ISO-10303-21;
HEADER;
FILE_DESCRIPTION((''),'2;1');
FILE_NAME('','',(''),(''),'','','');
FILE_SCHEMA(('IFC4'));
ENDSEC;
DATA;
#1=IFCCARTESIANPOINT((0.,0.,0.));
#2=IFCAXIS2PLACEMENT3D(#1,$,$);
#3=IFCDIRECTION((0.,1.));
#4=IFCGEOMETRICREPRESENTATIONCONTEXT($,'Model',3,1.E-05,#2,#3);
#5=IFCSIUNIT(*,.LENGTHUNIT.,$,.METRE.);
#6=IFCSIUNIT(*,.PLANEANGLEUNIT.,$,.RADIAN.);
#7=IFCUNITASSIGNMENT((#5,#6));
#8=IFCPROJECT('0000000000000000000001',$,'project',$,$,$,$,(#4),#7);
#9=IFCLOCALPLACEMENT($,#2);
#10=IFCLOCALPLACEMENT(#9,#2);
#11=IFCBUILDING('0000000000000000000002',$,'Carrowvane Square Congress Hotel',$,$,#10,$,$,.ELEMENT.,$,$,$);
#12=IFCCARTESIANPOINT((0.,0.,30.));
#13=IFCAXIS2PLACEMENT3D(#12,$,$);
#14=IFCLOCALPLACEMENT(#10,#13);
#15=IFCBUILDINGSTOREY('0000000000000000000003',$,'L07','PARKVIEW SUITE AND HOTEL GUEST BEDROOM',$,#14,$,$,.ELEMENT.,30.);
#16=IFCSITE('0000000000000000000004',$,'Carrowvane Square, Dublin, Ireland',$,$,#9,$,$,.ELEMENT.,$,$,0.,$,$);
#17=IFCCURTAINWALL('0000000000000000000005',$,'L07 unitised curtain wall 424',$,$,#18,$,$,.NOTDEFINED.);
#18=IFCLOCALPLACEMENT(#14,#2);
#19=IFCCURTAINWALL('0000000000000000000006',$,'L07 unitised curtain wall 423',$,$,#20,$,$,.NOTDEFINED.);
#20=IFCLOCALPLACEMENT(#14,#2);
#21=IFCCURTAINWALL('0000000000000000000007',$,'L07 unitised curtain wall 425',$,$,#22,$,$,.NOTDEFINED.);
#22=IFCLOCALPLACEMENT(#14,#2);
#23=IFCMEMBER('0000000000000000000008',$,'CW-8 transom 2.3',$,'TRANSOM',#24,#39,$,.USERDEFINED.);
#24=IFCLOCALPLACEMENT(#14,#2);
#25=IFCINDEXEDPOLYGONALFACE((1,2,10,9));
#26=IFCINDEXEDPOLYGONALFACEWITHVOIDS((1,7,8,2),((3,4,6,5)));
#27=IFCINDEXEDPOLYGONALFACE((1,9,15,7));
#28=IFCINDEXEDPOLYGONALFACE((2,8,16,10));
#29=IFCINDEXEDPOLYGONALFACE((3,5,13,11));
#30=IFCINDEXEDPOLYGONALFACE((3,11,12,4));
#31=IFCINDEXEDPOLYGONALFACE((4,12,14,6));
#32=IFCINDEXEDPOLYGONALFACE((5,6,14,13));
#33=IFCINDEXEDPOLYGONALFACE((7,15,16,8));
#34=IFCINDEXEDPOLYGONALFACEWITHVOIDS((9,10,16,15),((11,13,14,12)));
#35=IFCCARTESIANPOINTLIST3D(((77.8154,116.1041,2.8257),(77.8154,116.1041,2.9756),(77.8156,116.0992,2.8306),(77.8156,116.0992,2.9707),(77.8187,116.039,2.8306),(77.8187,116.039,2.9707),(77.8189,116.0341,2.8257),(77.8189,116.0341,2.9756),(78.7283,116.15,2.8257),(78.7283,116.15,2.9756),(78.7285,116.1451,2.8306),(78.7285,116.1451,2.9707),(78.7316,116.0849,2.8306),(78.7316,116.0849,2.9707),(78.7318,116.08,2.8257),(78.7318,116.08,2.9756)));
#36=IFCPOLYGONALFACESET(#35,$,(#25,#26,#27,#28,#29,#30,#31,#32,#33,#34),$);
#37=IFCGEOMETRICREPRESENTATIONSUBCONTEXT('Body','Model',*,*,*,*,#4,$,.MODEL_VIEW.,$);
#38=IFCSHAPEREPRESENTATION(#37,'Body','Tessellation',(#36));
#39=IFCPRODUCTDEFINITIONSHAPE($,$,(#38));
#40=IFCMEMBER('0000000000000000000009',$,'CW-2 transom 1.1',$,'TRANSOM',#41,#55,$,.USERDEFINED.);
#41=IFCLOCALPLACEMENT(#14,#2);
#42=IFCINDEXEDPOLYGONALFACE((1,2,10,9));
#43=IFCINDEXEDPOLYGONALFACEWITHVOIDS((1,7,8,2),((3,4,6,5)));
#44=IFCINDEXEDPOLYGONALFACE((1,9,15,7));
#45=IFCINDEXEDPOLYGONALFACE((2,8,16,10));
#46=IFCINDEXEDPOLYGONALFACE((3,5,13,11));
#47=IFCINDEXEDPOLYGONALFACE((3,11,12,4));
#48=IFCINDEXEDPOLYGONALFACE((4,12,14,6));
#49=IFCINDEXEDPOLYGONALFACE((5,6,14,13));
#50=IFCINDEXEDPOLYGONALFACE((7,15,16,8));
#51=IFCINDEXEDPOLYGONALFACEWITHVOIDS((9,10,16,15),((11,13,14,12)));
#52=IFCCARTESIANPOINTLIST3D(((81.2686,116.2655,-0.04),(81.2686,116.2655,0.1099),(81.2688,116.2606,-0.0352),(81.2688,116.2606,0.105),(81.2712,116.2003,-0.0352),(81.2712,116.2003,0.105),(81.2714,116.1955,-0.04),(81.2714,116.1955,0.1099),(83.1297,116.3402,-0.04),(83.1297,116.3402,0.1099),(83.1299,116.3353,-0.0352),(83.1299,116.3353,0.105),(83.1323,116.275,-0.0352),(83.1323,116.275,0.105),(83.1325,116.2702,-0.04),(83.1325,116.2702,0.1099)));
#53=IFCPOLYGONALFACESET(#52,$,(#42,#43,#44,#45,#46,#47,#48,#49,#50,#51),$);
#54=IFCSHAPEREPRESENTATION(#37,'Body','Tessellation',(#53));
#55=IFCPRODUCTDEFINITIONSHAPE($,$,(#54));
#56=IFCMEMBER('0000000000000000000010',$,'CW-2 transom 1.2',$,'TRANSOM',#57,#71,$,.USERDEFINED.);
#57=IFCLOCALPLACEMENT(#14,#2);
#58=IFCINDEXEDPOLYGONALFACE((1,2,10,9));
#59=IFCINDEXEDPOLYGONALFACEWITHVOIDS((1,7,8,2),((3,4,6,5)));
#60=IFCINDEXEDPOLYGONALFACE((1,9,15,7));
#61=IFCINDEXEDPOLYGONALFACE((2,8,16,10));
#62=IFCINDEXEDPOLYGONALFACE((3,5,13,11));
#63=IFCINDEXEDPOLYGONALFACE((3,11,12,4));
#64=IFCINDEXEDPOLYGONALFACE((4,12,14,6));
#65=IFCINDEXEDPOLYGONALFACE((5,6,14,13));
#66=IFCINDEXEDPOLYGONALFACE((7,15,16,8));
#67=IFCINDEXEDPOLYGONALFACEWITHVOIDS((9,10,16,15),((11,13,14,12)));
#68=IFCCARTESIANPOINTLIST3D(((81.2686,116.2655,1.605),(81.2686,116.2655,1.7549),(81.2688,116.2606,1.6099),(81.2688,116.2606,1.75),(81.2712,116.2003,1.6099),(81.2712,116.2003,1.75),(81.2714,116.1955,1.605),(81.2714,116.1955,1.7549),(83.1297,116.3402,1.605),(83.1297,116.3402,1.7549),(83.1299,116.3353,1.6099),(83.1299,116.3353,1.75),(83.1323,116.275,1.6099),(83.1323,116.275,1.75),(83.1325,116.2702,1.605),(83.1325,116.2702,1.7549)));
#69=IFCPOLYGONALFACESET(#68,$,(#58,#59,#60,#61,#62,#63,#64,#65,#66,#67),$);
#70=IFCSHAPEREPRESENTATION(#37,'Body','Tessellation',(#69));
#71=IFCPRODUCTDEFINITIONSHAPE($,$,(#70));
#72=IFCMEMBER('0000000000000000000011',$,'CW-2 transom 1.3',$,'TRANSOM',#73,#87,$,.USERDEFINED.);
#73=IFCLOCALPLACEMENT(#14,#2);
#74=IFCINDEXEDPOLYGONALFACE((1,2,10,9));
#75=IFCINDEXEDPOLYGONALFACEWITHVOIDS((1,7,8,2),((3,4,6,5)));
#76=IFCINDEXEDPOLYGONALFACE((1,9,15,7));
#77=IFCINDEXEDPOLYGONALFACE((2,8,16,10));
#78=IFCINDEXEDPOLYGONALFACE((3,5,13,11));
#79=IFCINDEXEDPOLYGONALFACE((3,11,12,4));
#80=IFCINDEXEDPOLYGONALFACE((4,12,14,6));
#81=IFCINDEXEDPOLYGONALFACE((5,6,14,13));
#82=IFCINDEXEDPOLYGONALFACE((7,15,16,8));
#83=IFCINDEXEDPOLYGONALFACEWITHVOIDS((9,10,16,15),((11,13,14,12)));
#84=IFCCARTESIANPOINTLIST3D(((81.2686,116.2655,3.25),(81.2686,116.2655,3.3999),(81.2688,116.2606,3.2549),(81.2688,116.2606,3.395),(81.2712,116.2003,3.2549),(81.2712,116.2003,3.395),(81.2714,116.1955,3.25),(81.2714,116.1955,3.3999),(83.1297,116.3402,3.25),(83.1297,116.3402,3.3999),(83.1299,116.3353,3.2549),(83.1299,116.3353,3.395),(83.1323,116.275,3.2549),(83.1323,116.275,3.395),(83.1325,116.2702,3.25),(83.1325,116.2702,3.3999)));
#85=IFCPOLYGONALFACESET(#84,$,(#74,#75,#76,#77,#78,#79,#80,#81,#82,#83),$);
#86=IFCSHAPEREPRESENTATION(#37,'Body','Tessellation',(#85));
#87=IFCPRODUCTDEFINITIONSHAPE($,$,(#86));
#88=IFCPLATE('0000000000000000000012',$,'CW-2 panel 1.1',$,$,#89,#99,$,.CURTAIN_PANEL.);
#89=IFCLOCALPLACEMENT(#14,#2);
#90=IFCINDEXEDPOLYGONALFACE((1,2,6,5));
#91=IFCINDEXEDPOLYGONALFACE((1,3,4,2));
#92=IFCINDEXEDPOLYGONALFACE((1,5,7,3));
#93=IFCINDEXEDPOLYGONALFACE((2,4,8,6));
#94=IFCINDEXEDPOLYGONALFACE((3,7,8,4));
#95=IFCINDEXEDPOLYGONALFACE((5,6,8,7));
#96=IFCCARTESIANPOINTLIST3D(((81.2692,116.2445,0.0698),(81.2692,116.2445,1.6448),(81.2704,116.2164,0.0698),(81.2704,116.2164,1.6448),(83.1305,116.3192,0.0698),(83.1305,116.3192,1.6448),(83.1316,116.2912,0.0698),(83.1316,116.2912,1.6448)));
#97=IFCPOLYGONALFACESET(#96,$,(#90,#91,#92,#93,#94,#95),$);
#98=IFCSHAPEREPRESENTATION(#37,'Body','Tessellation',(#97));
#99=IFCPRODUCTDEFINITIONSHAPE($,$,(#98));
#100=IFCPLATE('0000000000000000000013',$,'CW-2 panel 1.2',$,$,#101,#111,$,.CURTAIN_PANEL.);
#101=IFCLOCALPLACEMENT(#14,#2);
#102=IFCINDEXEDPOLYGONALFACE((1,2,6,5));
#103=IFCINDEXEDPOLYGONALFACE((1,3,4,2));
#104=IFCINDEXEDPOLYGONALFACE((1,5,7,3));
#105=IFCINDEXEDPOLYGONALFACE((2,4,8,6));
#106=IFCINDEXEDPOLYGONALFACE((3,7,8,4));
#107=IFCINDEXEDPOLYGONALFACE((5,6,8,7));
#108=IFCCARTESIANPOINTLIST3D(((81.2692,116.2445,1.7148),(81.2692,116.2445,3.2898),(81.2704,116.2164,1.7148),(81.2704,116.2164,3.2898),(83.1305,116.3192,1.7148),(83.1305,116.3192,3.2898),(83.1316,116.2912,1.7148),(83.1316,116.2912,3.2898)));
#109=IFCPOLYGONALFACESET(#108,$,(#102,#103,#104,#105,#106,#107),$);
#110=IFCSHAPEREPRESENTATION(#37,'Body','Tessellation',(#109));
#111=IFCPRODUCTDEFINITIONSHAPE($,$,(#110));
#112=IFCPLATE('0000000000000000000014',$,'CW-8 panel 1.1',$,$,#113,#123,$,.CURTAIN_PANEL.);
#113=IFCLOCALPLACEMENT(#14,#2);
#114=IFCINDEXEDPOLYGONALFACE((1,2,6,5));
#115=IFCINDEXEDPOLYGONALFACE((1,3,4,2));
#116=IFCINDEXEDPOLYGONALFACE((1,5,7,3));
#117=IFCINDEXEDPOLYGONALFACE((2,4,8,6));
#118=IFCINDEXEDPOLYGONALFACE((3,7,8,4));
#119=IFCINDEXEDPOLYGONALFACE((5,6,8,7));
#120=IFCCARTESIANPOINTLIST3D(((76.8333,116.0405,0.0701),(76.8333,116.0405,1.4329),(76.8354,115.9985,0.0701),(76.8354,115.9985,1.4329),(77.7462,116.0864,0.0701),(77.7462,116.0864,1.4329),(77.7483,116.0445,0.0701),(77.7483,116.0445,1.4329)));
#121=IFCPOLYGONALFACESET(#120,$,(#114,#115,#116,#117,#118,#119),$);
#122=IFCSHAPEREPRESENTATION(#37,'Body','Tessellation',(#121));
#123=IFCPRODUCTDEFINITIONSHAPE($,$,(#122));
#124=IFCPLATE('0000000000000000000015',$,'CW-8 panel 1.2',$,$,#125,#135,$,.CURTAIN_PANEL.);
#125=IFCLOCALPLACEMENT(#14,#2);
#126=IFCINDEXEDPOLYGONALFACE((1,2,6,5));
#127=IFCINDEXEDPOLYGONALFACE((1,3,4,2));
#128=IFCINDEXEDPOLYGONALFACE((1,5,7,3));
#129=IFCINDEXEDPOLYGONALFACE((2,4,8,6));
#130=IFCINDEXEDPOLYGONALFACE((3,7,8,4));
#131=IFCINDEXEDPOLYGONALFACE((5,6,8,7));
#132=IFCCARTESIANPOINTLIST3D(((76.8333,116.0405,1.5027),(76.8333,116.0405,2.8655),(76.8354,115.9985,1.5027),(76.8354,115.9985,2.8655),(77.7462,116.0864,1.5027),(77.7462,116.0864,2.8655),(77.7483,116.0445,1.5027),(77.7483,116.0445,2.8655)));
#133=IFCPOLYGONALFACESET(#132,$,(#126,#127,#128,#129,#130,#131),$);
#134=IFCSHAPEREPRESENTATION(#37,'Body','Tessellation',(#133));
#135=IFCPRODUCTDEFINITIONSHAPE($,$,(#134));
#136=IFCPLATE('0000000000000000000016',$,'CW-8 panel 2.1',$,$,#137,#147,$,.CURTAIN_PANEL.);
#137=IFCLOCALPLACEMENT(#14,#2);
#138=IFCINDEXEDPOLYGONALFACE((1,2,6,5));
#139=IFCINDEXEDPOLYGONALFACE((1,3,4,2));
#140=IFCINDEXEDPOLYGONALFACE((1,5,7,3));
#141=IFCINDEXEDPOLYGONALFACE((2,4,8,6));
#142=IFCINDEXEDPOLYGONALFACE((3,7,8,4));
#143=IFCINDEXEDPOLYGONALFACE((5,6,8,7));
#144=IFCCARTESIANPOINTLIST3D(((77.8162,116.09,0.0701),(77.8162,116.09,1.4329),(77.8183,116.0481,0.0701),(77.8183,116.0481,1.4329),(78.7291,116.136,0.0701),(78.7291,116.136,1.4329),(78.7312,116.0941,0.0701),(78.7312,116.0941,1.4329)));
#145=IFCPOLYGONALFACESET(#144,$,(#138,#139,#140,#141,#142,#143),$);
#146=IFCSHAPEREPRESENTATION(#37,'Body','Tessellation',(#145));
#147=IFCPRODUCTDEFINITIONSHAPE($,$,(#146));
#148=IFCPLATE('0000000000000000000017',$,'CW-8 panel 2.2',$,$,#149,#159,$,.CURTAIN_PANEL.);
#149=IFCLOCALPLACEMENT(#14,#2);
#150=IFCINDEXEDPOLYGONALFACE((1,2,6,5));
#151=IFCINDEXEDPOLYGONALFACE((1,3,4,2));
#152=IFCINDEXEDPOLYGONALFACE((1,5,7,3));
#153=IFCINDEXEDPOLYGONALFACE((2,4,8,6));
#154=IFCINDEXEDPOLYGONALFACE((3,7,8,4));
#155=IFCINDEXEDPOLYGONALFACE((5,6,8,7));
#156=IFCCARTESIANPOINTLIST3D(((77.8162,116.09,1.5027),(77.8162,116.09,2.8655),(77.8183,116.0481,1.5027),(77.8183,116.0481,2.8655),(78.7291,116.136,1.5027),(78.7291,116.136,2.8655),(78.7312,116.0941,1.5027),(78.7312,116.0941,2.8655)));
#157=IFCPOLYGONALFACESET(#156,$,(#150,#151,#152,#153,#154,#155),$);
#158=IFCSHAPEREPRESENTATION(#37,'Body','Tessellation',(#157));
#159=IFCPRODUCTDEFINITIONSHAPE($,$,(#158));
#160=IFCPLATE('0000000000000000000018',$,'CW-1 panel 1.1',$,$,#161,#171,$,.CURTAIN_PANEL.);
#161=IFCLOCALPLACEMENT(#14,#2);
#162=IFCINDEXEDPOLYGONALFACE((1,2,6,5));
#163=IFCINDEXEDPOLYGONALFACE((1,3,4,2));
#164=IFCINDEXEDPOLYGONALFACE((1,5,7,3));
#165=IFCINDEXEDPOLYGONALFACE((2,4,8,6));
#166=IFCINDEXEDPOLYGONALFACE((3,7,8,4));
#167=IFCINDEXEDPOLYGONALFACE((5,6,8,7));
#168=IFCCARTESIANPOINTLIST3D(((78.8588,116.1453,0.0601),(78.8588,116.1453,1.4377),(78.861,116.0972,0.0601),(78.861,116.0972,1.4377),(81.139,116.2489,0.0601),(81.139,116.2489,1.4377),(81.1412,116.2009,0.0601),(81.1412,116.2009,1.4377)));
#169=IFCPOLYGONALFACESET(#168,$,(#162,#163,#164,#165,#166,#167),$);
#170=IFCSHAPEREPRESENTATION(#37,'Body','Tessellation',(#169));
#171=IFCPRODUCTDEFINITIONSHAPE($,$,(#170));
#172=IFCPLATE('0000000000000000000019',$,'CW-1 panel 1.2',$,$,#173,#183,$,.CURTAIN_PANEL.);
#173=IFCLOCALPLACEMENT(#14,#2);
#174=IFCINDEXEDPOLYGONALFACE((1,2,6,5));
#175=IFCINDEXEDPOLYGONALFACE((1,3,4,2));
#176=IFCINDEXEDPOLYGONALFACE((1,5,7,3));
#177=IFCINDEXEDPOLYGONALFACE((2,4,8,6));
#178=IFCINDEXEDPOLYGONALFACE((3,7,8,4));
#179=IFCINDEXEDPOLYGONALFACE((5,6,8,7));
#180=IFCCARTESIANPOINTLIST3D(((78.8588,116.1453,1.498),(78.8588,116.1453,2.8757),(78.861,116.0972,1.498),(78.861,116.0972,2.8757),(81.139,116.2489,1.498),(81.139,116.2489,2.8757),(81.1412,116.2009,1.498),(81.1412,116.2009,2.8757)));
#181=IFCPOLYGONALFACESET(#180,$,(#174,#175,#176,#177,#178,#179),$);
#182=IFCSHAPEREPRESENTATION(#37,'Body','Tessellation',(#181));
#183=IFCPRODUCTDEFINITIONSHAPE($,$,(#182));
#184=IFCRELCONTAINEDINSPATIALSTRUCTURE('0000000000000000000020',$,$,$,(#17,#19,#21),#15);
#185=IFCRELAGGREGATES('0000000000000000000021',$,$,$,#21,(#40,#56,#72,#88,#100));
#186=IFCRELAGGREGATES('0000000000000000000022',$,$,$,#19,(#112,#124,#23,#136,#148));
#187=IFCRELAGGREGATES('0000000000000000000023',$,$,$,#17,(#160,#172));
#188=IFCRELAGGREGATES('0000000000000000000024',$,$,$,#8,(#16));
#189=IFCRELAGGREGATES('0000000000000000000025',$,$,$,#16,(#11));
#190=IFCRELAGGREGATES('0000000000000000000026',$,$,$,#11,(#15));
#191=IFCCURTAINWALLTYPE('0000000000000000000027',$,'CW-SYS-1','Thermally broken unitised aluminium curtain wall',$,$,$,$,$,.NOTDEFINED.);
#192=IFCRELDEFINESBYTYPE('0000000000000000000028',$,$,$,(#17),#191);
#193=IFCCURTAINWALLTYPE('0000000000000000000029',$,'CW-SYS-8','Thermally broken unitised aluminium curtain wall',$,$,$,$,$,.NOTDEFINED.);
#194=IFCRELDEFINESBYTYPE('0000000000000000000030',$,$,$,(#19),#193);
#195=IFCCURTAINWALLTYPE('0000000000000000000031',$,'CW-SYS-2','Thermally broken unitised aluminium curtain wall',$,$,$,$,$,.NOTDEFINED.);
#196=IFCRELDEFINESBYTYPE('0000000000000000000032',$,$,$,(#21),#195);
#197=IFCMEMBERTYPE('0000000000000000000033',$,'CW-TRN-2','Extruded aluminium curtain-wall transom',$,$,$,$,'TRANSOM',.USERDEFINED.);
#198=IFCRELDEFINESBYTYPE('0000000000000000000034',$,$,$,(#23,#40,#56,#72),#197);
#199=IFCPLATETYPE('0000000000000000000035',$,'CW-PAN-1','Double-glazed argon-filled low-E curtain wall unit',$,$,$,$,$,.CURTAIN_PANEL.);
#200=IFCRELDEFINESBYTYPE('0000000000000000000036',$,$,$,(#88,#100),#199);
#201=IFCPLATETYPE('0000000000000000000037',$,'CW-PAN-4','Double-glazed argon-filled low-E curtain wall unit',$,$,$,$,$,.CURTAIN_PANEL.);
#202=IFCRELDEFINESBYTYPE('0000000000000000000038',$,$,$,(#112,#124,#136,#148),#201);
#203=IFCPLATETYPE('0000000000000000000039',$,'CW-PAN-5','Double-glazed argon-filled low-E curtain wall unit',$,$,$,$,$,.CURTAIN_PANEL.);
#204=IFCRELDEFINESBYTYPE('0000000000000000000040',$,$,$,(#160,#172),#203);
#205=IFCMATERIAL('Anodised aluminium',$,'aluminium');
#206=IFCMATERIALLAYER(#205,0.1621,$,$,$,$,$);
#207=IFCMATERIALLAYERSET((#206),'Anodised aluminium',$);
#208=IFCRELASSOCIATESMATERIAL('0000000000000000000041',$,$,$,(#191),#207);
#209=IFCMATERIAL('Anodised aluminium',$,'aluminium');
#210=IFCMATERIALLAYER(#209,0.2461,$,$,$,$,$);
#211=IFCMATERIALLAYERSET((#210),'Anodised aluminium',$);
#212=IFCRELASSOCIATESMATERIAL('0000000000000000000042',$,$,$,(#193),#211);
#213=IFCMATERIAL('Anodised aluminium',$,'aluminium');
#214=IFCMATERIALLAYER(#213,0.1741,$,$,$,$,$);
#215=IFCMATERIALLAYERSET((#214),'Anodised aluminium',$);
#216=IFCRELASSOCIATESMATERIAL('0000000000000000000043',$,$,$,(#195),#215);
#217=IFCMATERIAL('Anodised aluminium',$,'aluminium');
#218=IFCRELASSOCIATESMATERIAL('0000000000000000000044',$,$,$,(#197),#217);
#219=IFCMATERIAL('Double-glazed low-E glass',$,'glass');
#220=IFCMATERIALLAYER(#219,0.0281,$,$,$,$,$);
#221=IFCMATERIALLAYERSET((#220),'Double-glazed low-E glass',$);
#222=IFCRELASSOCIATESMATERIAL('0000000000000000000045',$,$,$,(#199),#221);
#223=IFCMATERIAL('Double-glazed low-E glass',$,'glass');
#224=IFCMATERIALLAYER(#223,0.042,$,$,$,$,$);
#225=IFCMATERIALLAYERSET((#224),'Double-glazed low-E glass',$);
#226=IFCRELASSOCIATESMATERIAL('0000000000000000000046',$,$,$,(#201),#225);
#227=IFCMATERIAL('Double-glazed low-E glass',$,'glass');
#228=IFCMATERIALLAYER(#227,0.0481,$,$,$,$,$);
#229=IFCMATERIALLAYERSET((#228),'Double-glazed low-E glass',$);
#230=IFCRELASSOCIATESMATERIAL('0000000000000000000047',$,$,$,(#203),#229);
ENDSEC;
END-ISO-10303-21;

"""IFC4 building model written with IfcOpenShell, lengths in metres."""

from ifc_helpers import new_model, si_unit, direction, frame, origin, origin_2d, place, context, subcontext, project, spatial, rectangle, hollow_rectangle, extrude, material, layer, layer_set, material_profile, profile_set, type_object, element, aggregate, save


model = new_model("IFC4")

# Units and contexts
model_context = context("Model", 3, precision=1e-05, world=origin(), true_north=direction((0.0, 1.0)))
body_context = subcontext(model_context, "Body", "Model", "MODEL_VIEW")
ifc_project = project(units=[si_unit("LENGTHUNIT", "METRE"), si_unit("PLANEANGLEUNIT", "RADIAN")], contexts=[model_context])

# Site, building, storey
site_placement = place(None, origin())
site = spatial("IfcSite", under=ifc_project, at=site_placement, Name="Carrowvane Square, Dublin, Ireland", CompositionType="ELEMENT", RefElevation=0.0)
building_placement = place(site_placement, origin())
building = spatial("IfcBuilding", under=site, at=building_placement, Name="Carrowvane Square Congress Hotel", CompositionType="ELEMENT")
storey_placement = place(building_placement, frame((0.0, 0.0, 30.0)))
storey = spatial("IfcBuildingStorey", under=building, at=storey_placement, Name="L07", Description="PARKVIEW SUITE AND HOTEL GUEST BEDROOM", CompositionType="ELEMENT", Elevation=30.0)

# Curtain walls
ifc_material_1 = material(Name="Anodised aluminium", Category="aluminium")
ifc_layer_1 = layer(ifc_material_1, 0.1621)
ifc_layer_set_1 = layer_set([ifc_layer_1], Name="Anodised aluminium")
curtain_wall_type_1 = type_object("IfcCurtainWallType", Name="CW-SYS-1", Description="Thermally broken unitised aluminium curtain wall", PredefinedType="NOTDEFINED", material=ifc_layer_set_1)
curtain_wall_1_placement = place(storey_placement, origin())
curtain_wall_1 = element("IfcCurtainWall", 1, at=curtain_wall_1_placement, inside=storey, type_object=curtain_wall_type_1, Name="L07 unitised curtain wall 424", PredefinedType="NOTDEFINED")
ifc_material_2 = material(Name="Anodised aluminium", Category="aluminium")
ifc_layer_2 = layer(ifc_material_2, 0.2461)
ifc_layer_set_2 = layer_set([ifc_layer_2], Name="Anodised aluminium")
curtain_wall_type_2 = type_object("IfcCurtainWallType", Name="CW-SYS-8", Description="Thermally broken unitised aluminium curtain wall", PredefinedType="NOTDEFINED", material=ifc_layer_set_2)
curtain_wall_2_placement = place(storey_placement, origin())
curtain_wall_2 = element("IfcCurtainWall", 2, at=curtain_wall_2_placement, inside=storey, type_object=curtain_wall_type_2, Name="L07 unitised curtain wall 423", PredefinedType="NOTDEFINED")
ifc_material_3 = material(Name="Anodised aluminium", Category="aluminium")
ifc_layer_3 = layer(ifc_material_3, 0.1741)
ifc_layer_set_3 = layer_set([ifc_layer_3], Name="Anodised aluminium")
curtain_wall_type_3 = type_object("IfcCurtainWallType", Name="CW-SYS-2", Description="Thermally broken unitised aluminium curtain wall", PredefinedType="NOTDEFINED", material=ifc_layer_set_3)
curtain_wall_3_placement = place(storey_placement, origin())
curtain_wall_3 = element("IfcCurtainWall", 3, at=curtain_wall_3_placement, inside=storey, type_object=curtain_wall_type_3, Name="L07 unitised curtain wall 425", PredefinedType="NOTDEFINED")

# Members
ifc_material_4 = material(Name="Anodised aluminium", Category="aluminium")
ifc_material_profile_1 = material_profile(ifc_material_4, hollow_rectangle(XDim=0.0701, YDim=0.1499, WallThickness=0.0049, at=origin_2d()), Name="CW-TR 70x150x5")
ifc_profile_set_1 = profile_set([ifc_material_profile_1], Name="Anodised aluminium")
member_type_1 = type_object("IfcMemberType", Name="CW-TRN-2", Description="Extruded aluminium curtain-wall transom", ElementType="TRANSOM", PredefinedType="USERDEFINED", material=ifc_profile_set_1)
member_1_placement = place(storey_placement, frame((77.8171, 116.0691, 2.9006), z_axis=(0.998738, 0.050217, 0.0), x_axis=(-0.050217, 0.998738, 0.0)))
member_1 = element("IfcMember", 4, at=member_1_placement, type_object=member_type_1, Name="CW-8 transom 2.3", ObjectType="TRANSOM", PredefinedType="USERDEFINED", context=body_context, shape_type="SweptSolid", body=[
    extrude(hollow_rectangle(XDim=0.0701, YDim=0.1499, WallThickness=0.0049, at=origin_2d()), origin(), (0.0, 0.0, 1.0), 0.9141),
])
member_2_placement = place(storey_placement, frame((81.27, 116.2305, 0.0349), z_axis=(0.999195, 0.040109, 0.0), x_axis=(-0.040109, 0.999195, 0.0)))
member_2 = element("IfcMember", 5, at=member_2_placement, type_object=member_type_1, Name="CW-2 transom 1.1", ObjectType="TRANSOM", PredefinedType="USERDEFINED", context=body_context, shape_type="SweptSolid", body=[
    extrude(hollow_rectangle(XDim=0.0701, YDim=0.1499, WallThickness=0.0049, at=origin_2d()), origin(), (0.0, 0.0, 1.0), 1.8625),
])
member_3_placement = place(storey_placement, frame((81.27, 116.2305, 1.6799), z_axis=(0.999195, 0.040109, 0.0), x_axis=(-0.040109, 0.999195, 0.0)))
member_3 = element("IfcMember", 6, at=member_3_placement, type_object=member_type_1, Name="CW-2 transom 1.2", ObjectType="TRANSOM", PredefinedType="USERDEFINED", context=body_context, shape_type="SweptSolid", body=[
    extrude(hollow_rectangle(XDim=0.0701, YDim=0.1499, WallThickness=0.0049, at=origin_2d()), origin(), (0.0, 0.0, 1.0), 1.8625),
])
member_4_placement = place(storey_placement, frame((81.27, 116.2305, 3.325), z_axis=(0.999195, 0.040109, 0.0), x_axis=(-0.040109, 0.999195, 0.0)))
member_4 = element("IfcMember", 7, at=member_4_placement, type_object=member_type_1, Name="CW-2 transom 1.3", ObjectType="TRANSOM", PredefinedType="USERDEFINED", context=body_context, shape_type="SweptSolid", body=[
    extrude(hollow_rectangle(XDim=0.0701, YDim=0.1499, WallThickness=0.0049, at=origin_2d()), origin(), (0.0, 0.0, 1.0), 1.8625),
])

# Plates
ifc_material_5 = material(Name="Double-glazed low-E glass", Category="glass")
ifc_layer_4 = layer(ifc_material_5, 0.0281)
ifc_layer_set_4 = layer_set([ifc_layer_4], Name="Double-glazed low-E glass")
plate_type_1 = type_object("IfcPlateType", Name="CW-PAN-1", Description="Double-glazed argon-filled low-E curtain wall unit", PredefinedType="CURTAIN_PANEL", material=ifc_layer_set_4)
plate_1_placement = place(storey_placement, frame((82.2004, 116.2678, 0.0698), z_axis=(0.0, 0.0, 1.0), x_axis=(0.999194, 0.040136, 0.0)))
plate_1 = element("IfcPlate", 8, at=plate_1_placement, type_object=plate_type_1, Name="CW-2 panel 1.1", PredefinedType="CURTAIN_PANEL", context=body_context, shape_type="SweptSolid", body=[
    extrude(rectangle(XDim=1.8628, YDim=0.0281, at=origin_2d()), origin(), (0.0, 0.0, 1.0), 1.575),
])
plate_2_placement = place(storey_placement, frame((82.2004, 116.2678, 1.7148), z_axis=(0.0, 0.0, 1.0), x_axis=(0.999194, 0.040136, 0.0)))
plate_2 = element("IfcPlate", 9, at=plate_2_placement, type_object=plate_type_1, Name="CW-2 panel 1.2", PredefinedType="CURTAIN_PANEL", context=body_context, shape_type="SweptSolid", body=[
    extrude(rectangle(XDim=1.8628, YDim=0.0281, at=origin_2d()), origin(), (0.0, 0.0, 1.0), 1.575),
])
aggregate(curtain_wall_3, [member_2, member_3, member_4, plate_1, plate_2])
ifc_material_6 = material(Name="Double-glazed low-E glass", Category="glass")
ifc_layer_5 = layer(ifc_material_6, 0.042)
ifc_layer_set_5 = layer_set([ifc_layer_5], Name="Double-glazed low-E glass")
plate_type_2 = type_object("IfcPlateType", Name="CW-PAN-4", Description="Double-glazed argon-filled low-E curtain wall unit", PredefinedType="CURTAIN_PANEL", material=ifc_layer_set_5)
plate_3_placement = place(storey_placement, frame((77.2908, 116.0425, 0.0701), z_axis=(0.0, 0.0, 1.0), x_axis=(0.998733, 0.050324, 0.0)))
plate_3 = element("IfcPlate", 10, at=plate_3_placement, type_object=plate_type_2, Name="CW-8 panel 1.1", PredefinedType="CURTAIN_PANEL", context=body_context, shape_type="SweptSolid", body=[
    extrude(rectangle(XDim=0.9141, YDim=0.042, at=origin_2d()), origin(), (0.0, 0.0, 1.0), 1.3628),
])
plate_4_placement = place(storey_placement, frame((77.2908, 116.0425, 1.5027), z_axis=(0.0, 0.0, 1.0), x_axis=(0.998733, 0.050324, 0.0)))
plate_4 = element("IfcPlate", 11, at=plate_4_placement, type_object=plate_type_2, Name="CW-8 panel 1.2", PredefinedType="CURTAIN_PANEL", context=body_context, shape_type="SweptSolid", body=[
    extrude(rectangle(XDim=0.9141, YDim=0.042, at=origin_2d()), origin(), (0.0, 0.0, 1.0), 1.3628),
])
plate_5_placement = place(storey_placement, frame((78.2737, 116.092, 0.0701), z_axis=(0.0, 0.0, 1.0), x_axis=(0.998733, 0.050324, 0.0)))
plate_5 = element("IfcPlate", 12, at=plate_5_placement, type_object=plate_type_2, Name="CW-8 panel 2.1", PredefinedType="CURTAIN_PANEL", context=body_context, shape_type="SweptSolid", body=[
    extrude(rectangle(XDim=0.9141, YDim=0.042, at=origin_2d()), origin(), (0.0, 0.0, 1.0), 1.3628),
])
plate_6_placement = place(storey_placement, frame((78.2737, 116.092, 1.5027), z_axis=(0.0, 0.0, 1.0), x_axis=(0.998733, 0.050324, 0.0)))
plate_6 = element("IfcPlate", 13, at=plate_6_placement, type_object=plate_type_2, Name="CW-8 panel 2.2", PredefinedType="CURTAIN_PANEL", context=body_context, shape_type="SweptSolid", body=[
    extrude(rectangle(XDim=0.9141, YDim=0.042, at=origin_2d()), origin(), (0.0, 0.0, 1.0), 1.3628),
])
aggregate(curtain_wall_2, [plate_3, plate_4, member_1, plate_5, plate_6])
ifc_material_7 = material(Name="Double-glazed low-E glass", Category="glass")
ifc_layer_6 = layer(ifc_material_7, 0.0481)
ifc_layer_set_6 = layer_set([ifc_layer_6], Name="Double-glazed low-E glass")
plate_type_3 = type_object("IfcPlateType", Name="CW-PAN-5", Description="Double-glazed argon-filled low-E curtain wall unit", PredefinedType="CURTAIN_PANEL", material=ifc_layer_set_6)
plate_7_placement = place(storey_placement, frame((80.0, 116.1731, 0.0601), z_axis=(0.0, 0.0, 1.0), x_axis=(0.998968, 0.045411, 0.0)))
plate_7 = element("IfcPlate", 14, at=plate_7_placement, type_object=plate_type_3, Name="CW-1 panel 1.1", PredefinedType="CURTAIN_PANEL", context=body_context, shape_type="SweptSolid", body=[
    extrude(rectangle(XDim=2.2825, YDim=0.0481, at=origin_2d()), origin(), (0.0, 0.0, 1.0), 1.3777),
])
plate_8_placement = place(storey_placement, frame((80.0, 116.1731, 1.498), z_axis=(0.0, 0.0, 1.0), x_axis=(0.998968, 0.045411, 0.0)))
plate_8 = element("IfcPlate", 15, at=plate_8_placement, type_object=plate_type_3, Name="CW-1 panel 1.2", PredefinedType="CURTAIN_PANEL", context=body_context, shape_type="SweptSolid", body=[
    extrude(rectangle(XDim=2.2825, YDim=0.0481, at=origin_2d()), origin(), (0.0, 0.0, 1.0), 1.3777),
])
aggregate(curtain_wall_1, [plate_7, plate_8])

save(model, "model.ifc")
